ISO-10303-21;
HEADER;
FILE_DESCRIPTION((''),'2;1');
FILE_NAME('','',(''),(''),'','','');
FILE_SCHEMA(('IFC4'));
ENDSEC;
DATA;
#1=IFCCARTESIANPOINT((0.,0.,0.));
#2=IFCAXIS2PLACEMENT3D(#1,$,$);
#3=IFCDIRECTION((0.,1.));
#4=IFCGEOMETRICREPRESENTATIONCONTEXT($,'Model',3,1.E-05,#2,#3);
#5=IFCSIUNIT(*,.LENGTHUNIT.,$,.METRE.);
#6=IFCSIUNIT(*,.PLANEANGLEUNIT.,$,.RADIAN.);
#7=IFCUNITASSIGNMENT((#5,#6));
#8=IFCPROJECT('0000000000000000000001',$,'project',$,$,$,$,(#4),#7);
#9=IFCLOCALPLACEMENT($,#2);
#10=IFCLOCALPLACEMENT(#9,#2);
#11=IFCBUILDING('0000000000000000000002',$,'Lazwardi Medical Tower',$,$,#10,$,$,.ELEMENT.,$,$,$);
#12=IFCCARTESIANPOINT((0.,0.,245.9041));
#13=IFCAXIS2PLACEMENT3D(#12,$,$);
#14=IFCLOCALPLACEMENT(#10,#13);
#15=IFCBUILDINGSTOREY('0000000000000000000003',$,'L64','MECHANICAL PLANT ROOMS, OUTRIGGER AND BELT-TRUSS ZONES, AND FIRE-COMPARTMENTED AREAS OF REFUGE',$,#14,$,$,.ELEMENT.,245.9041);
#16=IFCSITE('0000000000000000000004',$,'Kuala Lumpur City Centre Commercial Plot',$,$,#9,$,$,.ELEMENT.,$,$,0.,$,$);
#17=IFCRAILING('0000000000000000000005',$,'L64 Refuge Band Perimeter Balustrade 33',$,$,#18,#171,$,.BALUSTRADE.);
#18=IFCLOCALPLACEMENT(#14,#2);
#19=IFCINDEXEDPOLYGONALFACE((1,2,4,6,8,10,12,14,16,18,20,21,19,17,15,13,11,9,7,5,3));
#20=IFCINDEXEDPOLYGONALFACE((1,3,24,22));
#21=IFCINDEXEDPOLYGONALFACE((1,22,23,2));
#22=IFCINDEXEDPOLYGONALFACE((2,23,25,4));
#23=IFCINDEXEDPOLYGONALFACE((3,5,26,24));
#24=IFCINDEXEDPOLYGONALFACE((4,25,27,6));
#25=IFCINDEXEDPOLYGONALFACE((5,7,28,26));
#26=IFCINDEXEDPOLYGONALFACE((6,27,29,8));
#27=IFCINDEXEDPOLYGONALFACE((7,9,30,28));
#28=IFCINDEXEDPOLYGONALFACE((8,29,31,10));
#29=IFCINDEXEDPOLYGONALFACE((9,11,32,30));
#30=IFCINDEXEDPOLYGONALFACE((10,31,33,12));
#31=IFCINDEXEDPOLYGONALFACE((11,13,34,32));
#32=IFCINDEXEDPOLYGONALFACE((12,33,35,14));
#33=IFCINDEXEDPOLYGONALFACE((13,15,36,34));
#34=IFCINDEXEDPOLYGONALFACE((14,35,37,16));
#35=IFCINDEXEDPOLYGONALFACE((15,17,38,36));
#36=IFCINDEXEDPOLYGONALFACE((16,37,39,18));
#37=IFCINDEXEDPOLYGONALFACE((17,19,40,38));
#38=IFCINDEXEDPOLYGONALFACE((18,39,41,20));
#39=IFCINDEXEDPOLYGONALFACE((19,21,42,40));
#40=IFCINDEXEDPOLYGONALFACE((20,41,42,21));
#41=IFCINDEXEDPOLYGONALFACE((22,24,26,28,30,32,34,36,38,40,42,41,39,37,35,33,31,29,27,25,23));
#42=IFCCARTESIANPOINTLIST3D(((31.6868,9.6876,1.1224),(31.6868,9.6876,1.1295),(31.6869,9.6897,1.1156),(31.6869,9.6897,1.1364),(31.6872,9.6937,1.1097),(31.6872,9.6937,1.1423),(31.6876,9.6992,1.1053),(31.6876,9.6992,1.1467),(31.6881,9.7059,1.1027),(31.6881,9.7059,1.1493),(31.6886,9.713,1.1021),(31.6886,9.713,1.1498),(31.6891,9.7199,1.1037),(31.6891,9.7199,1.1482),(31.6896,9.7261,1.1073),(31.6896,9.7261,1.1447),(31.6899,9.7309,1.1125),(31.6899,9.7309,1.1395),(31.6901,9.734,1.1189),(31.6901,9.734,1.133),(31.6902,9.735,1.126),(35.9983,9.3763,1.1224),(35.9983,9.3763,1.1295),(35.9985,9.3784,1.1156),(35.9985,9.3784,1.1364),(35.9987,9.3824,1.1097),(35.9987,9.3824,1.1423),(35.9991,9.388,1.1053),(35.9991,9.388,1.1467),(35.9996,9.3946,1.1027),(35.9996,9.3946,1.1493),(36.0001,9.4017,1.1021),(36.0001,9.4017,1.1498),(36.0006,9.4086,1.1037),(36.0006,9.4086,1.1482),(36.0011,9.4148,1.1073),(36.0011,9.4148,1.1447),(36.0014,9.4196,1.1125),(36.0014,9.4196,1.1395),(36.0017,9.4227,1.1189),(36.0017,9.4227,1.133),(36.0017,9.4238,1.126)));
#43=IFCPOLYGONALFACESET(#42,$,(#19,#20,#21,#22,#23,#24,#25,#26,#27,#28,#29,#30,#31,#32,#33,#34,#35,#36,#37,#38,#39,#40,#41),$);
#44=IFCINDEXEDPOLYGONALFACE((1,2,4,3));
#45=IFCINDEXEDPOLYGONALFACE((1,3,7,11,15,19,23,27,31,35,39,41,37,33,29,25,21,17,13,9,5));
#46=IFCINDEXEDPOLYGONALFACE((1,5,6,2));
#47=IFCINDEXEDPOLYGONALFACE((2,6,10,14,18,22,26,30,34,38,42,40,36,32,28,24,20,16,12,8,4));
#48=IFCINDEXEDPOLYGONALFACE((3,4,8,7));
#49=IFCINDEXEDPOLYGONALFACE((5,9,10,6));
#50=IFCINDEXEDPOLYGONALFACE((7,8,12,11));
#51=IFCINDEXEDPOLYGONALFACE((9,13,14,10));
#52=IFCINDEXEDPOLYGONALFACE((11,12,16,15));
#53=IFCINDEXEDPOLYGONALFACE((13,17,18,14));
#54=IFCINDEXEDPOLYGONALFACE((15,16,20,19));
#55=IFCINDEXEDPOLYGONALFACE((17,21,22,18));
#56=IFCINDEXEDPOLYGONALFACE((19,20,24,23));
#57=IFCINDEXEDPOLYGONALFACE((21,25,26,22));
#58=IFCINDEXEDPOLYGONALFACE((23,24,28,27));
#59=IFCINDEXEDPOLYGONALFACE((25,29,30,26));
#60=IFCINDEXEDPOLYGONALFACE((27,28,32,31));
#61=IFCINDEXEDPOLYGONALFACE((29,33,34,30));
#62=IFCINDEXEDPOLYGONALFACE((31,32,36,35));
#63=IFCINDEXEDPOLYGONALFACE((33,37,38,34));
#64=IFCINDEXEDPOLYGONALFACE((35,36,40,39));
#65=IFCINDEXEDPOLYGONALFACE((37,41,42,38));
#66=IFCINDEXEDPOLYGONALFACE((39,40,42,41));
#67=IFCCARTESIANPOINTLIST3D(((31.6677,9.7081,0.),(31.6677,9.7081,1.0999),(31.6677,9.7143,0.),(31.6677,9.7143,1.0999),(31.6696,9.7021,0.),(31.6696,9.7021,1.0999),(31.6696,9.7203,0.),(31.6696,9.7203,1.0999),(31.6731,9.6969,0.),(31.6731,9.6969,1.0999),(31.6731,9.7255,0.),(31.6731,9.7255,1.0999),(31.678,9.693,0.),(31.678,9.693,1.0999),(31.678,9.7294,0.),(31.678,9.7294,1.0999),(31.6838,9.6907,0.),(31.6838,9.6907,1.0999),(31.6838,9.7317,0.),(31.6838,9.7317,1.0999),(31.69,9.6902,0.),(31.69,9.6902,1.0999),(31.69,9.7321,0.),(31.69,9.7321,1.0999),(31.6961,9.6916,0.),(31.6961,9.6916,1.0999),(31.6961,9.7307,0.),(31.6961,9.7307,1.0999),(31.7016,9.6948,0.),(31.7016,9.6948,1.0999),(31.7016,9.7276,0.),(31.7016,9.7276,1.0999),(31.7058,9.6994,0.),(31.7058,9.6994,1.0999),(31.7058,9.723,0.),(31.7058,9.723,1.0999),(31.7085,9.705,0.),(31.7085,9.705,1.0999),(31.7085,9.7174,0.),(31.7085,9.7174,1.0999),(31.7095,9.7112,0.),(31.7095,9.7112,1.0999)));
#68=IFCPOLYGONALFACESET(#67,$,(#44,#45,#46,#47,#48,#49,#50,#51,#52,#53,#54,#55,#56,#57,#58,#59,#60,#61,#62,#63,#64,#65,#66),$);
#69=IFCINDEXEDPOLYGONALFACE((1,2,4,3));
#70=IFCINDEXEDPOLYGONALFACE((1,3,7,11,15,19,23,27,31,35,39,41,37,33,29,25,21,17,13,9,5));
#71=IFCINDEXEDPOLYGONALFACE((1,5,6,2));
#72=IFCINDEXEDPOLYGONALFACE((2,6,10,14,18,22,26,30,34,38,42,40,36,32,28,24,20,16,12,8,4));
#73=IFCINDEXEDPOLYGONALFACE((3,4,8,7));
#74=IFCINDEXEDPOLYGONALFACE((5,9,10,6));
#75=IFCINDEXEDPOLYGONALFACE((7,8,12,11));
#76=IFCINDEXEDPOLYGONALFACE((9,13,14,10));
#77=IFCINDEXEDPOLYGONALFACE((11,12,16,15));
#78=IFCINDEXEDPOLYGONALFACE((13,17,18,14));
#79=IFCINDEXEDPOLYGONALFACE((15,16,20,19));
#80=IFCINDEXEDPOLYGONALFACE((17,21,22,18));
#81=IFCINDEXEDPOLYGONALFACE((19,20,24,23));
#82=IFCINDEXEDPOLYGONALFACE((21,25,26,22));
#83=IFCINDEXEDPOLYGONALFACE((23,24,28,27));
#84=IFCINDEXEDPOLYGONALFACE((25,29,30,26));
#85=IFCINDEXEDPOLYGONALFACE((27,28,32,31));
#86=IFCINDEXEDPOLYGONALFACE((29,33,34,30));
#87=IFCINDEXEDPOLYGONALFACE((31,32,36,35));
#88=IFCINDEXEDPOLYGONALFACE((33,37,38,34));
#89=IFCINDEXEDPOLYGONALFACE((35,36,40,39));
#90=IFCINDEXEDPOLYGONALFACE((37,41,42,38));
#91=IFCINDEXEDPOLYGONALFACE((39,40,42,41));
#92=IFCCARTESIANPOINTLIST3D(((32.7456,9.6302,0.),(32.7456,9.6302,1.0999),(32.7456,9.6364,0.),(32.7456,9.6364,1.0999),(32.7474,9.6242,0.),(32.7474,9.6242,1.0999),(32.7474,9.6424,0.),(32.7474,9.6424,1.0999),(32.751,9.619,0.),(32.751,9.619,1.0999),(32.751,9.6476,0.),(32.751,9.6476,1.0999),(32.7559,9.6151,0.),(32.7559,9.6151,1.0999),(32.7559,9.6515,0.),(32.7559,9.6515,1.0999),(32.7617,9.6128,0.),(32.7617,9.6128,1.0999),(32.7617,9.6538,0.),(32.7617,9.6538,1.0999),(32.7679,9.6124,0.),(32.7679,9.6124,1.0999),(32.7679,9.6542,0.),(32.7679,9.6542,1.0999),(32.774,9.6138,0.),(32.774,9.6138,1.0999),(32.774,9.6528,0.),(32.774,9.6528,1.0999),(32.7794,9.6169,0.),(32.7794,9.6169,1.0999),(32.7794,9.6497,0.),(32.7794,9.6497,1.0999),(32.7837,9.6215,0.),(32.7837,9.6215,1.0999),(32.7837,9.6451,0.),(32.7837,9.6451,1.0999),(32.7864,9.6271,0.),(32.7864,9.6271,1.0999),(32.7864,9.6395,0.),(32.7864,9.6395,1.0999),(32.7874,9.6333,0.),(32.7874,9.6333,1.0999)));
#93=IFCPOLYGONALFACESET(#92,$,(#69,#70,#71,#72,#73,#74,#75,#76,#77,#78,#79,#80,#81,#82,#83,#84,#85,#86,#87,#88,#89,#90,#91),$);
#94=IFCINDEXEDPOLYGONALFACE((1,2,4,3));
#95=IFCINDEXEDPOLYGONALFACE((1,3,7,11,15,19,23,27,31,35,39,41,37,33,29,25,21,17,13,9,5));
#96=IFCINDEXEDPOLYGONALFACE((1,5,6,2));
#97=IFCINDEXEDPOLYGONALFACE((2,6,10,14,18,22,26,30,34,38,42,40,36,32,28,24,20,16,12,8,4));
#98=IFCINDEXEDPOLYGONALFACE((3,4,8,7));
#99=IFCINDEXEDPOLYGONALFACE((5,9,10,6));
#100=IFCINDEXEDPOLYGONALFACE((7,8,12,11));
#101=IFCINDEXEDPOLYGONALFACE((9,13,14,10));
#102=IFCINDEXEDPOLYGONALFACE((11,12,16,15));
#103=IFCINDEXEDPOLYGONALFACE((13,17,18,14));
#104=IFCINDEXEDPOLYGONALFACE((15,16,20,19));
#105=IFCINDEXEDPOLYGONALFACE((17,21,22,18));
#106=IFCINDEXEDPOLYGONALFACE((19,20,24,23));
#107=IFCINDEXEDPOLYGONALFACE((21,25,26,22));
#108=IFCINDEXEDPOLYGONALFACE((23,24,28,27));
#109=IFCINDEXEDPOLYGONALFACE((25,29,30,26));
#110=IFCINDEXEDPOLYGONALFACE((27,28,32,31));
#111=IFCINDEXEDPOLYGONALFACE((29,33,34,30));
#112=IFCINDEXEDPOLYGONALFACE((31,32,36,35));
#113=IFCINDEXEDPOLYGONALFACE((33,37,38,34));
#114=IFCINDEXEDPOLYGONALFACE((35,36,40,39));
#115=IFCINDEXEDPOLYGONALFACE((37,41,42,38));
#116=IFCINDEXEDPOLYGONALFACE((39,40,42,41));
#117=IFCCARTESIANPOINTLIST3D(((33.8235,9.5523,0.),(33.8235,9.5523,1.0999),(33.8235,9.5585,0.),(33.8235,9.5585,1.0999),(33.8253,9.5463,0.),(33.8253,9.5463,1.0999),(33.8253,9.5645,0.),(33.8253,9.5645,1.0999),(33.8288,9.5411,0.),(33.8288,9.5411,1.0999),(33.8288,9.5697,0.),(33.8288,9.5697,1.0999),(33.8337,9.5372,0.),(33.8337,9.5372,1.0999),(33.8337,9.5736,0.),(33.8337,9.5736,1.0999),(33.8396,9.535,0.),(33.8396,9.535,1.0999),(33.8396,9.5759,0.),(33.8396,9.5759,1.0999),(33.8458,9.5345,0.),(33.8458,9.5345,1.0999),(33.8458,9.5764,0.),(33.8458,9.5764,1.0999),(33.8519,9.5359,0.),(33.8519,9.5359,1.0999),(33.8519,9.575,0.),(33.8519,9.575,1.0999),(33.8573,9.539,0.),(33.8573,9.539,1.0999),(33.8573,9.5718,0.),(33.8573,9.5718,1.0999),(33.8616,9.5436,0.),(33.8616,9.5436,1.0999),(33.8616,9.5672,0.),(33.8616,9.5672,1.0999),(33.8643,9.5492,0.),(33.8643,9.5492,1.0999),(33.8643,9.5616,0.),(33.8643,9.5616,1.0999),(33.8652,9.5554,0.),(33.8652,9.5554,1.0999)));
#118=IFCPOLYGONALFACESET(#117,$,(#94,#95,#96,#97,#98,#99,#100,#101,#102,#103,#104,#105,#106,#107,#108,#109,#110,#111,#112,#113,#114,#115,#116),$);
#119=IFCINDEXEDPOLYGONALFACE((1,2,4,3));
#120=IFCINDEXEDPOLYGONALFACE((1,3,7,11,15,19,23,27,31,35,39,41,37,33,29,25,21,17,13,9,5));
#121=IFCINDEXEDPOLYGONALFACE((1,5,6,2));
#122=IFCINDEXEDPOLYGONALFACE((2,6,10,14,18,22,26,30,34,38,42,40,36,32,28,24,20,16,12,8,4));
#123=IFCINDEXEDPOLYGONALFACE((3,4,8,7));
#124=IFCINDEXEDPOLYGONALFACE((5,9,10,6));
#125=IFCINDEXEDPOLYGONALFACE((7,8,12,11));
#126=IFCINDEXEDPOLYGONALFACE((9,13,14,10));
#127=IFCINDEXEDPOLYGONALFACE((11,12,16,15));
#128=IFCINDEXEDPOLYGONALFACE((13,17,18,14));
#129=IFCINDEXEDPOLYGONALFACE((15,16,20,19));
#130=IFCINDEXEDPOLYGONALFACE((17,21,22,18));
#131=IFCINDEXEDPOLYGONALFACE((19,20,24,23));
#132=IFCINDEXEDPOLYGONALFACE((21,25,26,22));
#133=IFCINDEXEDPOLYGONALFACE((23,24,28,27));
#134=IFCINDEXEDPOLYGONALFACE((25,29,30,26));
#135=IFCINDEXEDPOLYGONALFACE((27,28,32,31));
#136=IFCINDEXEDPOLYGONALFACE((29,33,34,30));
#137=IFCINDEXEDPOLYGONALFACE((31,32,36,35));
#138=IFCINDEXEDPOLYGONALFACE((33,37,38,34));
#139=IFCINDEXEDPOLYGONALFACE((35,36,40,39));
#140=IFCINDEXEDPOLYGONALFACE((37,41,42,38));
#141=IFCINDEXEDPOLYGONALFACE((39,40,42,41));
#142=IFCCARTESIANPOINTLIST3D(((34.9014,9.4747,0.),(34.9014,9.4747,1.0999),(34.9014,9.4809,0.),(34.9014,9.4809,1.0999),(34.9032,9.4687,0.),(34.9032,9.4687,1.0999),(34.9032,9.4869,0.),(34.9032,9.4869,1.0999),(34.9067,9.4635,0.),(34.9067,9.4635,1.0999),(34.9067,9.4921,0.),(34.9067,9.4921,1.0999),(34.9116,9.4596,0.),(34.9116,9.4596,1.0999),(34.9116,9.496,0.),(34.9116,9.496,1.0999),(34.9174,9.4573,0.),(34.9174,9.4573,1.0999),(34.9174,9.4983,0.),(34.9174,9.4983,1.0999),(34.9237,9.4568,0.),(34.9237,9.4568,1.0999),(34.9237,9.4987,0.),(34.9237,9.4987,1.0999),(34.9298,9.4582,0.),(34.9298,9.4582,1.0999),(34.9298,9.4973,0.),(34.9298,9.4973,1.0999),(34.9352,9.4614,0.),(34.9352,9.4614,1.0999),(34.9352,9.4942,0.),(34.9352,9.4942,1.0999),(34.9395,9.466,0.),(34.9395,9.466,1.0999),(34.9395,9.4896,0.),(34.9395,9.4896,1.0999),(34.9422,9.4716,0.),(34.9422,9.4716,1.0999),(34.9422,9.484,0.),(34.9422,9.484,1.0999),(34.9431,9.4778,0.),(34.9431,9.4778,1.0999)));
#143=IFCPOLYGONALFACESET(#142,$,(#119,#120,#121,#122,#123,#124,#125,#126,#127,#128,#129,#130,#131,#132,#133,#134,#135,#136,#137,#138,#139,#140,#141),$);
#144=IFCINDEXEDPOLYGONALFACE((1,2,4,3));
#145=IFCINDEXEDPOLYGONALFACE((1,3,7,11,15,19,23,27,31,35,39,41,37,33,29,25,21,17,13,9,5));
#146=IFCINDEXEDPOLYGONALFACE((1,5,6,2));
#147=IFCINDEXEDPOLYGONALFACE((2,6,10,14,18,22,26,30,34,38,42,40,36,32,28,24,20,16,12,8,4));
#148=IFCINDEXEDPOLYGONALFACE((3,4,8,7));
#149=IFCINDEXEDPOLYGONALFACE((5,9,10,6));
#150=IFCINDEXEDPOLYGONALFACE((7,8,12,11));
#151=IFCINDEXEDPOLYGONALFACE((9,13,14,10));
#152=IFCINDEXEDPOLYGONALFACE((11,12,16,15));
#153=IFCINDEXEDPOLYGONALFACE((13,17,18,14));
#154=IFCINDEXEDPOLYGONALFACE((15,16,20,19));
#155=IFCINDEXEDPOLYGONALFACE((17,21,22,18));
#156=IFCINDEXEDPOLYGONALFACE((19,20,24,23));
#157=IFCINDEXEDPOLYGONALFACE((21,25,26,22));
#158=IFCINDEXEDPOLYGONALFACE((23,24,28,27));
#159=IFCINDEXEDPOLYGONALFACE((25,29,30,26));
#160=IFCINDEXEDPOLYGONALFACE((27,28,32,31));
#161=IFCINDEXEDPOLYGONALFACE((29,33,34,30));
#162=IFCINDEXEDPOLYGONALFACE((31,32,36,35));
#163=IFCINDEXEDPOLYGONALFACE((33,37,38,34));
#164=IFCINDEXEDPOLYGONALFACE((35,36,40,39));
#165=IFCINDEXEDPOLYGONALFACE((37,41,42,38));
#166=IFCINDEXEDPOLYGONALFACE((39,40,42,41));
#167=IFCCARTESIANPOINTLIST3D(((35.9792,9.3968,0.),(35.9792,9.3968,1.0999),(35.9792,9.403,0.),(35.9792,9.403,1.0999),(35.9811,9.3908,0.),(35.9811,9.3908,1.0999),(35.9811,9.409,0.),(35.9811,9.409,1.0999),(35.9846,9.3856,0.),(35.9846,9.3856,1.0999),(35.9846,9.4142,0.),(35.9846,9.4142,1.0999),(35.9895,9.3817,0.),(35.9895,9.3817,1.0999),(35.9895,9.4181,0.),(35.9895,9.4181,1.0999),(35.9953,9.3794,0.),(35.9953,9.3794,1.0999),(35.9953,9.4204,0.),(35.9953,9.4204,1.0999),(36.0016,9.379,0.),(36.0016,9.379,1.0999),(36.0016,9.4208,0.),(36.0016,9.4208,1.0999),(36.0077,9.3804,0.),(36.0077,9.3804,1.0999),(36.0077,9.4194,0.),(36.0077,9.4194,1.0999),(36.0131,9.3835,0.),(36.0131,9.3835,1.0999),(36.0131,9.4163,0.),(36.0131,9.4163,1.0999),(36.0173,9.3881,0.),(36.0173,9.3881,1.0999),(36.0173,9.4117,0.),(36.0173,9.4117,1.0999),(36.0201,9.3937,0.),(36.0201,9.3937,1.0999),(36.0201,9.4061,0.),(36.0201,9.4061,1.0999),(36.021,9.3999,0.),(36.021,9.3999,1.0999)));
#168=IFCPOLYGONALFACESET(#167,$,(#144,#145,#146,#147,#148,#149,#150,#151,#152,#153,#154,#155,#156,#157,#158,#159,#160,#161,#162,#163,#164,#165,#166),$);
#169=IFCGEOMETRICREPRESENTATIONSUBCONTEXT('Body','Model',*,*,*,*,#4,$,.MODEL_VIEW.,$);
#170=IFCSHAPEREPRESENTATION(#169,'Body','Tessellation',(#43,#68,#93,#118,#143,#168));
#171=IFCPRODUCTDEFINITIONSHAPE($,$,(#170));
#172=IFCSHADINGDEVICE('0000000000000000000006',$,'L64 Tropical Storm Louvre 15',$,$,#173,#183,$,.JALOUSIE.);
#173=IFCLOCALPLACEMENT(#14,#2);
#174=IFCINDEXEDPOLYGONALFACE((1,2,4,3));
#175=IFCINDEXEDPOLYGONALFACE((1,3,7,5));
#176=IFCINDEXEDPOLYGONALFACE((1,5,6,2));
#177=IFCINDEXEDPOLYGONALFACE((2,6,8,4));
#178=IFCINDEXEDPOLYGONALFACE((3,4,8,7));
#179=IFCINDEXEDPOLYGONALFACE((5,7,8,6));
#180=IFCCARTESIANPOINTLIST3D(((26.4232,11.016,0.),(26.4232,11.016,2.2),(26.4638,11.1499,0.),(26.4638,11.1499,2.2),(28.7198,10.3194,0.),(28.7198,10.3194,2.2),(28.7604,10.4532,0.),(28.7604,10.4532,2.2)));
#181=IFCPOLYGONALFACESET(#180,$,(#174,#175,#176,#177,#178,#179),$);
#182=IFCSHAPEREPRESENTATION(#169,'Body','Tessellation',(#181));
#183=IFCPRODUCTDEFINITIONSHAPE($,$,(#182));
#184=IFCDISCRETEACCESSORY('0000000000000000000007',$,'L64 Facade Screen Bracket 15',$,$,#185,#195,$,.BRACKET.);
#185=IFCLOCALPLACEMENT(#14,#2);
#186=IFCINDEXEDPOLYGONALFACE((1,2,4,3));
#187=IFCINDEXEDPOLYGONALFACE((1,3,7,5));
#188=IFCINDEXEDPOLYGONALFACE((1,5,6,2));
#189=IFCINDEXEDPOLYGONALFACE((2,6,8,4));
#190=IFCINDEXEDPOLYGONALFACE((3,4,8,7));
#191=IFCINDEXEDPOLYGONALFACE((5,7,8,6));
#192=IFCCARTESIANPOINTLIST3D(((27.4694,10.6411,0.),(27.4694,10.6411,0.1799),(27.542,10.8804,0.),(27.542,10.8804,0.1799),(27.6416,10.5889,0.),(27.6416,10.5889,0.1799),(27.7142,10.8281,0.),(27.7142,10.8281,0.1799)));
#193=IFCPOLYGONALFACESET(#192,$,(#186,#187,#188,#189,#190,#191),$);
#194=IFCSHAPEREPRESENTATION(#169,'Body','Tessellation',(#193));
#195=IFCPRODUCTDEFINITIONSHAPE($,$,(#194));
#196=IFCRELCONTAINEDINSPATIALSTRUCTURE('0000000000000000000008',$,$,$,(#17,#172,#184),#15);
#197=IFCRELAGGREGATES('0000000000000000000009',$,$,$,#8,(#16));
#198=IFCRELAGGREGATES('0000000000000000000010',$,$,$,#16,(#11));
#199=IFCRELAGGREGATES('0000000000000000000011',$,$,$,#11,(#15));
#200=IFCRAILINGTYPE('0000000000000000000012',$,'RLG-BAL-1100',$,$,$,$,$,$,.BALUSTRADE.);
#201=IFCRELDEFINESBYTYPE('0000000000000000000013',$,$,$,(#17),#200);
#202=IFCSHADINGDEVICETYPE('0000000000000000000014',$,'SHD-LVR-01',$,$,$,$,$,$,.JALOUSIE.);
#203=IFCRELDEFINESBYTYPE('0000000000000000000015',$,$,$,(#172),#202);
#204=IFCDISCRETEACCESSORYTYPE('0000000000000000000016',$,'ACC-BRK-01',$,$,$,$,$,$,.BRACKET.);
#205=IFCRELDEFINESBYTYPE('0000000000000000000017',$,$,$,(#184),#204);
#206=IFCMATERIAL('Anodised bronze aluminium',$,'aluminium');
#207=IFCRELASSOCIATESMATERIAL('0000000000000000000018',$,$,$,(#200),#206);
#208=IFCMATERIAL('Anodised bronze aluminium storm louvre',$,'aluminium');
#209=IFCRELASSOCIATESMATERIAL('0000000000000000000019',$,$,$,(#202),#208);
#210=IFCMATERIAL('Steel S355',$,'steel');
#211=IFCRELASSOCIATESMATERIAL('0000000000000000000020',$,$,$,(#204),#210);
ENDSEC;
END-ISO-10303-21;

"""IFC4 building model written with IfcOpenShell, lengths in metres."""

from ifc_helpers import new_model, si_unit, direction, frame, origin, origin_2d, place, context, subcontext, project, spatial, rectangle, circle, extrude, material, type_object, element, save


model = new_model("IFC4")

# Units and contexts
model_context = context("Model", 3, precision=1e-05, world=origin(), true_north=direction((0.0, 1.0)))
body_context = subcontext(model_context, "Body", "Model", "MODEL_VIEW")
ifc_project = project(units=[si_unit("LENGTHUNIT", "METRE"), si_unit("PLANEANGLEUNIT", "RADIAN")], contexts=[model_context])

# Site, building, storey
site_placement = place(None, origin())
site = spatial("IfcSite", under=ifc_project, at=site_placement, Name="Kuala Lumpur City Centre Commercial Plot", CompositionType="ELEMENT", RefElevation=0.0)
building_placement = place(site_placement, origin())
building = spatial("IfcBuilding", under=site, at=building_placement, Name="Lazwardi Medical Tower", CompositionType="ELEMENT")
storey_placement = place(building_placement, frame((0.0, 0.0, 245.9041)))
storey = spatial("IfcBuildingStorey", under=building, at=storey_placement, Name="L64", Description="MECHANICAL PLANT ROOMS, OUTRIGGER AND BELT-TRUSS ZONES, AND FIRE-COMPARTMENTED AREAS OF REFUGE", CompositionType="ELEMENT", Elevation=245.9041)

# Shared definitions
ifc_material_1 = material(Name="Steel S355", Category="steel")

# Railing
ifc_material_2 = material(Name="Anodised bronze aluminium", Category="aluminium")
railing_type = type_object("IfcRailingType", Name="RLG-BAL-1100", PredefinedType="BALUSTRADE", material=ifc_material_2)
railing_1_placement = place(storey_placement, frame((31.6885, 9.7112, 0.0)))
element("IfcRailing", 1, at=railing_1_placement, inside=storey, type_object=railing_type, Name="L64 Refuge Band Perimeter Balustrade 33", PredefinedType="BALUSTRADE", context=body_context, shape_type="SweptSolid", body=[
    extrude(circle(Radius=0.0239, at=origin_2d()), frame((0.0, 0.0, 1.126), z_axis=(0.997404, -0.07201, 0.0), x_axis=(0.07201, 0.997404, 0.0)), (0.0, 0.0, 1.0), 4.3228),
    extrude(circle(Radius=0.021, at=origin_2d()), origin(), (0.0, 0.0, 1.0), 1.0999),
    extrude(circle(Radius=0.021, at=origin_2d()), frame((1.0779, -0.0779, 0.0)), (0.0, 0.0, 1.0), 1.0999),
    extrude(circle(Radius=0.021, at=origin_2d()), frame((2.1558, -0.1558, 0.0)), (0.0, 0.0, 1.0), 1.0999),
    extrude(circle(Radius=0.021, at=origin_2d()), frame((3.2336, -0.2334, 0.0)), (0.0, 0.0, 1.0), 1.0999),
    extrude(circle(Radius=0.021, at=origin_2d()), frame((4.3115, -0.3113, 0.0)), (0.0, 0.0, 1.0), 1.0999),
])

# Shading device
ifc_material_3 = material(Name="Anodised bronze aluminium storm louvre", Category="aluminium")
shading_device_type = type_object("IfcShadingDeviceType", Name="SHD-LVR-01", PredefinedType="JALOUSIE", material=ifc_material_3)
shading_device_placement = place(storey_placement, frame((27.5918, 10.7346, 0.0), z_axis=(0.0, 0.0, 1.0), x_axis=(0.956939, -0.29029, 0.0)))
element("IfcShadingDevice", 2, at=shading_device_placement, inside=storey, type_object=shading_device_type, Name="L64 Tropical Storm Louvre 15", PredefinedType="JALOUSIE", context=body_context, shape_type="SweptSolid", body=[
    extrude(rectangle(XDim=2.3999, YDim=0.1399, at=origin_2d()), origin(), (0.0, 0.0, 1.0), 2.2),
])

# Discrete accessory
discrete_accessory_type = type_object("IfcDiscreteAccessoryType", Name="ACC-BRK-01", PredefinedType="BRACKET", material=ifc_material_1)
discrete_accessory_placement = place(storey_placement, frame((27.5918, 10.7346, 0.0), z_axis=(0.0, 0.0, 1.0), x_axis=(0.956939, -0.29029, 0.0)))
element("IfcDiscreteAccessory", 3, at=discrete_accessory_placement, inside=storey, type_object=discrete_accessory_type, Name="L64 Facade Screen Bracket 15", PredefinedType="BRACKET", context=body_context, shape_type="SweptSolid", body=[
    extrude(rectangle(XDim=0.1799, YDim=0.25, at=origin_2d()), origin(), (0.0, 0.0, 1.0), 0.1799),
])

save(model, "model.ifc")
